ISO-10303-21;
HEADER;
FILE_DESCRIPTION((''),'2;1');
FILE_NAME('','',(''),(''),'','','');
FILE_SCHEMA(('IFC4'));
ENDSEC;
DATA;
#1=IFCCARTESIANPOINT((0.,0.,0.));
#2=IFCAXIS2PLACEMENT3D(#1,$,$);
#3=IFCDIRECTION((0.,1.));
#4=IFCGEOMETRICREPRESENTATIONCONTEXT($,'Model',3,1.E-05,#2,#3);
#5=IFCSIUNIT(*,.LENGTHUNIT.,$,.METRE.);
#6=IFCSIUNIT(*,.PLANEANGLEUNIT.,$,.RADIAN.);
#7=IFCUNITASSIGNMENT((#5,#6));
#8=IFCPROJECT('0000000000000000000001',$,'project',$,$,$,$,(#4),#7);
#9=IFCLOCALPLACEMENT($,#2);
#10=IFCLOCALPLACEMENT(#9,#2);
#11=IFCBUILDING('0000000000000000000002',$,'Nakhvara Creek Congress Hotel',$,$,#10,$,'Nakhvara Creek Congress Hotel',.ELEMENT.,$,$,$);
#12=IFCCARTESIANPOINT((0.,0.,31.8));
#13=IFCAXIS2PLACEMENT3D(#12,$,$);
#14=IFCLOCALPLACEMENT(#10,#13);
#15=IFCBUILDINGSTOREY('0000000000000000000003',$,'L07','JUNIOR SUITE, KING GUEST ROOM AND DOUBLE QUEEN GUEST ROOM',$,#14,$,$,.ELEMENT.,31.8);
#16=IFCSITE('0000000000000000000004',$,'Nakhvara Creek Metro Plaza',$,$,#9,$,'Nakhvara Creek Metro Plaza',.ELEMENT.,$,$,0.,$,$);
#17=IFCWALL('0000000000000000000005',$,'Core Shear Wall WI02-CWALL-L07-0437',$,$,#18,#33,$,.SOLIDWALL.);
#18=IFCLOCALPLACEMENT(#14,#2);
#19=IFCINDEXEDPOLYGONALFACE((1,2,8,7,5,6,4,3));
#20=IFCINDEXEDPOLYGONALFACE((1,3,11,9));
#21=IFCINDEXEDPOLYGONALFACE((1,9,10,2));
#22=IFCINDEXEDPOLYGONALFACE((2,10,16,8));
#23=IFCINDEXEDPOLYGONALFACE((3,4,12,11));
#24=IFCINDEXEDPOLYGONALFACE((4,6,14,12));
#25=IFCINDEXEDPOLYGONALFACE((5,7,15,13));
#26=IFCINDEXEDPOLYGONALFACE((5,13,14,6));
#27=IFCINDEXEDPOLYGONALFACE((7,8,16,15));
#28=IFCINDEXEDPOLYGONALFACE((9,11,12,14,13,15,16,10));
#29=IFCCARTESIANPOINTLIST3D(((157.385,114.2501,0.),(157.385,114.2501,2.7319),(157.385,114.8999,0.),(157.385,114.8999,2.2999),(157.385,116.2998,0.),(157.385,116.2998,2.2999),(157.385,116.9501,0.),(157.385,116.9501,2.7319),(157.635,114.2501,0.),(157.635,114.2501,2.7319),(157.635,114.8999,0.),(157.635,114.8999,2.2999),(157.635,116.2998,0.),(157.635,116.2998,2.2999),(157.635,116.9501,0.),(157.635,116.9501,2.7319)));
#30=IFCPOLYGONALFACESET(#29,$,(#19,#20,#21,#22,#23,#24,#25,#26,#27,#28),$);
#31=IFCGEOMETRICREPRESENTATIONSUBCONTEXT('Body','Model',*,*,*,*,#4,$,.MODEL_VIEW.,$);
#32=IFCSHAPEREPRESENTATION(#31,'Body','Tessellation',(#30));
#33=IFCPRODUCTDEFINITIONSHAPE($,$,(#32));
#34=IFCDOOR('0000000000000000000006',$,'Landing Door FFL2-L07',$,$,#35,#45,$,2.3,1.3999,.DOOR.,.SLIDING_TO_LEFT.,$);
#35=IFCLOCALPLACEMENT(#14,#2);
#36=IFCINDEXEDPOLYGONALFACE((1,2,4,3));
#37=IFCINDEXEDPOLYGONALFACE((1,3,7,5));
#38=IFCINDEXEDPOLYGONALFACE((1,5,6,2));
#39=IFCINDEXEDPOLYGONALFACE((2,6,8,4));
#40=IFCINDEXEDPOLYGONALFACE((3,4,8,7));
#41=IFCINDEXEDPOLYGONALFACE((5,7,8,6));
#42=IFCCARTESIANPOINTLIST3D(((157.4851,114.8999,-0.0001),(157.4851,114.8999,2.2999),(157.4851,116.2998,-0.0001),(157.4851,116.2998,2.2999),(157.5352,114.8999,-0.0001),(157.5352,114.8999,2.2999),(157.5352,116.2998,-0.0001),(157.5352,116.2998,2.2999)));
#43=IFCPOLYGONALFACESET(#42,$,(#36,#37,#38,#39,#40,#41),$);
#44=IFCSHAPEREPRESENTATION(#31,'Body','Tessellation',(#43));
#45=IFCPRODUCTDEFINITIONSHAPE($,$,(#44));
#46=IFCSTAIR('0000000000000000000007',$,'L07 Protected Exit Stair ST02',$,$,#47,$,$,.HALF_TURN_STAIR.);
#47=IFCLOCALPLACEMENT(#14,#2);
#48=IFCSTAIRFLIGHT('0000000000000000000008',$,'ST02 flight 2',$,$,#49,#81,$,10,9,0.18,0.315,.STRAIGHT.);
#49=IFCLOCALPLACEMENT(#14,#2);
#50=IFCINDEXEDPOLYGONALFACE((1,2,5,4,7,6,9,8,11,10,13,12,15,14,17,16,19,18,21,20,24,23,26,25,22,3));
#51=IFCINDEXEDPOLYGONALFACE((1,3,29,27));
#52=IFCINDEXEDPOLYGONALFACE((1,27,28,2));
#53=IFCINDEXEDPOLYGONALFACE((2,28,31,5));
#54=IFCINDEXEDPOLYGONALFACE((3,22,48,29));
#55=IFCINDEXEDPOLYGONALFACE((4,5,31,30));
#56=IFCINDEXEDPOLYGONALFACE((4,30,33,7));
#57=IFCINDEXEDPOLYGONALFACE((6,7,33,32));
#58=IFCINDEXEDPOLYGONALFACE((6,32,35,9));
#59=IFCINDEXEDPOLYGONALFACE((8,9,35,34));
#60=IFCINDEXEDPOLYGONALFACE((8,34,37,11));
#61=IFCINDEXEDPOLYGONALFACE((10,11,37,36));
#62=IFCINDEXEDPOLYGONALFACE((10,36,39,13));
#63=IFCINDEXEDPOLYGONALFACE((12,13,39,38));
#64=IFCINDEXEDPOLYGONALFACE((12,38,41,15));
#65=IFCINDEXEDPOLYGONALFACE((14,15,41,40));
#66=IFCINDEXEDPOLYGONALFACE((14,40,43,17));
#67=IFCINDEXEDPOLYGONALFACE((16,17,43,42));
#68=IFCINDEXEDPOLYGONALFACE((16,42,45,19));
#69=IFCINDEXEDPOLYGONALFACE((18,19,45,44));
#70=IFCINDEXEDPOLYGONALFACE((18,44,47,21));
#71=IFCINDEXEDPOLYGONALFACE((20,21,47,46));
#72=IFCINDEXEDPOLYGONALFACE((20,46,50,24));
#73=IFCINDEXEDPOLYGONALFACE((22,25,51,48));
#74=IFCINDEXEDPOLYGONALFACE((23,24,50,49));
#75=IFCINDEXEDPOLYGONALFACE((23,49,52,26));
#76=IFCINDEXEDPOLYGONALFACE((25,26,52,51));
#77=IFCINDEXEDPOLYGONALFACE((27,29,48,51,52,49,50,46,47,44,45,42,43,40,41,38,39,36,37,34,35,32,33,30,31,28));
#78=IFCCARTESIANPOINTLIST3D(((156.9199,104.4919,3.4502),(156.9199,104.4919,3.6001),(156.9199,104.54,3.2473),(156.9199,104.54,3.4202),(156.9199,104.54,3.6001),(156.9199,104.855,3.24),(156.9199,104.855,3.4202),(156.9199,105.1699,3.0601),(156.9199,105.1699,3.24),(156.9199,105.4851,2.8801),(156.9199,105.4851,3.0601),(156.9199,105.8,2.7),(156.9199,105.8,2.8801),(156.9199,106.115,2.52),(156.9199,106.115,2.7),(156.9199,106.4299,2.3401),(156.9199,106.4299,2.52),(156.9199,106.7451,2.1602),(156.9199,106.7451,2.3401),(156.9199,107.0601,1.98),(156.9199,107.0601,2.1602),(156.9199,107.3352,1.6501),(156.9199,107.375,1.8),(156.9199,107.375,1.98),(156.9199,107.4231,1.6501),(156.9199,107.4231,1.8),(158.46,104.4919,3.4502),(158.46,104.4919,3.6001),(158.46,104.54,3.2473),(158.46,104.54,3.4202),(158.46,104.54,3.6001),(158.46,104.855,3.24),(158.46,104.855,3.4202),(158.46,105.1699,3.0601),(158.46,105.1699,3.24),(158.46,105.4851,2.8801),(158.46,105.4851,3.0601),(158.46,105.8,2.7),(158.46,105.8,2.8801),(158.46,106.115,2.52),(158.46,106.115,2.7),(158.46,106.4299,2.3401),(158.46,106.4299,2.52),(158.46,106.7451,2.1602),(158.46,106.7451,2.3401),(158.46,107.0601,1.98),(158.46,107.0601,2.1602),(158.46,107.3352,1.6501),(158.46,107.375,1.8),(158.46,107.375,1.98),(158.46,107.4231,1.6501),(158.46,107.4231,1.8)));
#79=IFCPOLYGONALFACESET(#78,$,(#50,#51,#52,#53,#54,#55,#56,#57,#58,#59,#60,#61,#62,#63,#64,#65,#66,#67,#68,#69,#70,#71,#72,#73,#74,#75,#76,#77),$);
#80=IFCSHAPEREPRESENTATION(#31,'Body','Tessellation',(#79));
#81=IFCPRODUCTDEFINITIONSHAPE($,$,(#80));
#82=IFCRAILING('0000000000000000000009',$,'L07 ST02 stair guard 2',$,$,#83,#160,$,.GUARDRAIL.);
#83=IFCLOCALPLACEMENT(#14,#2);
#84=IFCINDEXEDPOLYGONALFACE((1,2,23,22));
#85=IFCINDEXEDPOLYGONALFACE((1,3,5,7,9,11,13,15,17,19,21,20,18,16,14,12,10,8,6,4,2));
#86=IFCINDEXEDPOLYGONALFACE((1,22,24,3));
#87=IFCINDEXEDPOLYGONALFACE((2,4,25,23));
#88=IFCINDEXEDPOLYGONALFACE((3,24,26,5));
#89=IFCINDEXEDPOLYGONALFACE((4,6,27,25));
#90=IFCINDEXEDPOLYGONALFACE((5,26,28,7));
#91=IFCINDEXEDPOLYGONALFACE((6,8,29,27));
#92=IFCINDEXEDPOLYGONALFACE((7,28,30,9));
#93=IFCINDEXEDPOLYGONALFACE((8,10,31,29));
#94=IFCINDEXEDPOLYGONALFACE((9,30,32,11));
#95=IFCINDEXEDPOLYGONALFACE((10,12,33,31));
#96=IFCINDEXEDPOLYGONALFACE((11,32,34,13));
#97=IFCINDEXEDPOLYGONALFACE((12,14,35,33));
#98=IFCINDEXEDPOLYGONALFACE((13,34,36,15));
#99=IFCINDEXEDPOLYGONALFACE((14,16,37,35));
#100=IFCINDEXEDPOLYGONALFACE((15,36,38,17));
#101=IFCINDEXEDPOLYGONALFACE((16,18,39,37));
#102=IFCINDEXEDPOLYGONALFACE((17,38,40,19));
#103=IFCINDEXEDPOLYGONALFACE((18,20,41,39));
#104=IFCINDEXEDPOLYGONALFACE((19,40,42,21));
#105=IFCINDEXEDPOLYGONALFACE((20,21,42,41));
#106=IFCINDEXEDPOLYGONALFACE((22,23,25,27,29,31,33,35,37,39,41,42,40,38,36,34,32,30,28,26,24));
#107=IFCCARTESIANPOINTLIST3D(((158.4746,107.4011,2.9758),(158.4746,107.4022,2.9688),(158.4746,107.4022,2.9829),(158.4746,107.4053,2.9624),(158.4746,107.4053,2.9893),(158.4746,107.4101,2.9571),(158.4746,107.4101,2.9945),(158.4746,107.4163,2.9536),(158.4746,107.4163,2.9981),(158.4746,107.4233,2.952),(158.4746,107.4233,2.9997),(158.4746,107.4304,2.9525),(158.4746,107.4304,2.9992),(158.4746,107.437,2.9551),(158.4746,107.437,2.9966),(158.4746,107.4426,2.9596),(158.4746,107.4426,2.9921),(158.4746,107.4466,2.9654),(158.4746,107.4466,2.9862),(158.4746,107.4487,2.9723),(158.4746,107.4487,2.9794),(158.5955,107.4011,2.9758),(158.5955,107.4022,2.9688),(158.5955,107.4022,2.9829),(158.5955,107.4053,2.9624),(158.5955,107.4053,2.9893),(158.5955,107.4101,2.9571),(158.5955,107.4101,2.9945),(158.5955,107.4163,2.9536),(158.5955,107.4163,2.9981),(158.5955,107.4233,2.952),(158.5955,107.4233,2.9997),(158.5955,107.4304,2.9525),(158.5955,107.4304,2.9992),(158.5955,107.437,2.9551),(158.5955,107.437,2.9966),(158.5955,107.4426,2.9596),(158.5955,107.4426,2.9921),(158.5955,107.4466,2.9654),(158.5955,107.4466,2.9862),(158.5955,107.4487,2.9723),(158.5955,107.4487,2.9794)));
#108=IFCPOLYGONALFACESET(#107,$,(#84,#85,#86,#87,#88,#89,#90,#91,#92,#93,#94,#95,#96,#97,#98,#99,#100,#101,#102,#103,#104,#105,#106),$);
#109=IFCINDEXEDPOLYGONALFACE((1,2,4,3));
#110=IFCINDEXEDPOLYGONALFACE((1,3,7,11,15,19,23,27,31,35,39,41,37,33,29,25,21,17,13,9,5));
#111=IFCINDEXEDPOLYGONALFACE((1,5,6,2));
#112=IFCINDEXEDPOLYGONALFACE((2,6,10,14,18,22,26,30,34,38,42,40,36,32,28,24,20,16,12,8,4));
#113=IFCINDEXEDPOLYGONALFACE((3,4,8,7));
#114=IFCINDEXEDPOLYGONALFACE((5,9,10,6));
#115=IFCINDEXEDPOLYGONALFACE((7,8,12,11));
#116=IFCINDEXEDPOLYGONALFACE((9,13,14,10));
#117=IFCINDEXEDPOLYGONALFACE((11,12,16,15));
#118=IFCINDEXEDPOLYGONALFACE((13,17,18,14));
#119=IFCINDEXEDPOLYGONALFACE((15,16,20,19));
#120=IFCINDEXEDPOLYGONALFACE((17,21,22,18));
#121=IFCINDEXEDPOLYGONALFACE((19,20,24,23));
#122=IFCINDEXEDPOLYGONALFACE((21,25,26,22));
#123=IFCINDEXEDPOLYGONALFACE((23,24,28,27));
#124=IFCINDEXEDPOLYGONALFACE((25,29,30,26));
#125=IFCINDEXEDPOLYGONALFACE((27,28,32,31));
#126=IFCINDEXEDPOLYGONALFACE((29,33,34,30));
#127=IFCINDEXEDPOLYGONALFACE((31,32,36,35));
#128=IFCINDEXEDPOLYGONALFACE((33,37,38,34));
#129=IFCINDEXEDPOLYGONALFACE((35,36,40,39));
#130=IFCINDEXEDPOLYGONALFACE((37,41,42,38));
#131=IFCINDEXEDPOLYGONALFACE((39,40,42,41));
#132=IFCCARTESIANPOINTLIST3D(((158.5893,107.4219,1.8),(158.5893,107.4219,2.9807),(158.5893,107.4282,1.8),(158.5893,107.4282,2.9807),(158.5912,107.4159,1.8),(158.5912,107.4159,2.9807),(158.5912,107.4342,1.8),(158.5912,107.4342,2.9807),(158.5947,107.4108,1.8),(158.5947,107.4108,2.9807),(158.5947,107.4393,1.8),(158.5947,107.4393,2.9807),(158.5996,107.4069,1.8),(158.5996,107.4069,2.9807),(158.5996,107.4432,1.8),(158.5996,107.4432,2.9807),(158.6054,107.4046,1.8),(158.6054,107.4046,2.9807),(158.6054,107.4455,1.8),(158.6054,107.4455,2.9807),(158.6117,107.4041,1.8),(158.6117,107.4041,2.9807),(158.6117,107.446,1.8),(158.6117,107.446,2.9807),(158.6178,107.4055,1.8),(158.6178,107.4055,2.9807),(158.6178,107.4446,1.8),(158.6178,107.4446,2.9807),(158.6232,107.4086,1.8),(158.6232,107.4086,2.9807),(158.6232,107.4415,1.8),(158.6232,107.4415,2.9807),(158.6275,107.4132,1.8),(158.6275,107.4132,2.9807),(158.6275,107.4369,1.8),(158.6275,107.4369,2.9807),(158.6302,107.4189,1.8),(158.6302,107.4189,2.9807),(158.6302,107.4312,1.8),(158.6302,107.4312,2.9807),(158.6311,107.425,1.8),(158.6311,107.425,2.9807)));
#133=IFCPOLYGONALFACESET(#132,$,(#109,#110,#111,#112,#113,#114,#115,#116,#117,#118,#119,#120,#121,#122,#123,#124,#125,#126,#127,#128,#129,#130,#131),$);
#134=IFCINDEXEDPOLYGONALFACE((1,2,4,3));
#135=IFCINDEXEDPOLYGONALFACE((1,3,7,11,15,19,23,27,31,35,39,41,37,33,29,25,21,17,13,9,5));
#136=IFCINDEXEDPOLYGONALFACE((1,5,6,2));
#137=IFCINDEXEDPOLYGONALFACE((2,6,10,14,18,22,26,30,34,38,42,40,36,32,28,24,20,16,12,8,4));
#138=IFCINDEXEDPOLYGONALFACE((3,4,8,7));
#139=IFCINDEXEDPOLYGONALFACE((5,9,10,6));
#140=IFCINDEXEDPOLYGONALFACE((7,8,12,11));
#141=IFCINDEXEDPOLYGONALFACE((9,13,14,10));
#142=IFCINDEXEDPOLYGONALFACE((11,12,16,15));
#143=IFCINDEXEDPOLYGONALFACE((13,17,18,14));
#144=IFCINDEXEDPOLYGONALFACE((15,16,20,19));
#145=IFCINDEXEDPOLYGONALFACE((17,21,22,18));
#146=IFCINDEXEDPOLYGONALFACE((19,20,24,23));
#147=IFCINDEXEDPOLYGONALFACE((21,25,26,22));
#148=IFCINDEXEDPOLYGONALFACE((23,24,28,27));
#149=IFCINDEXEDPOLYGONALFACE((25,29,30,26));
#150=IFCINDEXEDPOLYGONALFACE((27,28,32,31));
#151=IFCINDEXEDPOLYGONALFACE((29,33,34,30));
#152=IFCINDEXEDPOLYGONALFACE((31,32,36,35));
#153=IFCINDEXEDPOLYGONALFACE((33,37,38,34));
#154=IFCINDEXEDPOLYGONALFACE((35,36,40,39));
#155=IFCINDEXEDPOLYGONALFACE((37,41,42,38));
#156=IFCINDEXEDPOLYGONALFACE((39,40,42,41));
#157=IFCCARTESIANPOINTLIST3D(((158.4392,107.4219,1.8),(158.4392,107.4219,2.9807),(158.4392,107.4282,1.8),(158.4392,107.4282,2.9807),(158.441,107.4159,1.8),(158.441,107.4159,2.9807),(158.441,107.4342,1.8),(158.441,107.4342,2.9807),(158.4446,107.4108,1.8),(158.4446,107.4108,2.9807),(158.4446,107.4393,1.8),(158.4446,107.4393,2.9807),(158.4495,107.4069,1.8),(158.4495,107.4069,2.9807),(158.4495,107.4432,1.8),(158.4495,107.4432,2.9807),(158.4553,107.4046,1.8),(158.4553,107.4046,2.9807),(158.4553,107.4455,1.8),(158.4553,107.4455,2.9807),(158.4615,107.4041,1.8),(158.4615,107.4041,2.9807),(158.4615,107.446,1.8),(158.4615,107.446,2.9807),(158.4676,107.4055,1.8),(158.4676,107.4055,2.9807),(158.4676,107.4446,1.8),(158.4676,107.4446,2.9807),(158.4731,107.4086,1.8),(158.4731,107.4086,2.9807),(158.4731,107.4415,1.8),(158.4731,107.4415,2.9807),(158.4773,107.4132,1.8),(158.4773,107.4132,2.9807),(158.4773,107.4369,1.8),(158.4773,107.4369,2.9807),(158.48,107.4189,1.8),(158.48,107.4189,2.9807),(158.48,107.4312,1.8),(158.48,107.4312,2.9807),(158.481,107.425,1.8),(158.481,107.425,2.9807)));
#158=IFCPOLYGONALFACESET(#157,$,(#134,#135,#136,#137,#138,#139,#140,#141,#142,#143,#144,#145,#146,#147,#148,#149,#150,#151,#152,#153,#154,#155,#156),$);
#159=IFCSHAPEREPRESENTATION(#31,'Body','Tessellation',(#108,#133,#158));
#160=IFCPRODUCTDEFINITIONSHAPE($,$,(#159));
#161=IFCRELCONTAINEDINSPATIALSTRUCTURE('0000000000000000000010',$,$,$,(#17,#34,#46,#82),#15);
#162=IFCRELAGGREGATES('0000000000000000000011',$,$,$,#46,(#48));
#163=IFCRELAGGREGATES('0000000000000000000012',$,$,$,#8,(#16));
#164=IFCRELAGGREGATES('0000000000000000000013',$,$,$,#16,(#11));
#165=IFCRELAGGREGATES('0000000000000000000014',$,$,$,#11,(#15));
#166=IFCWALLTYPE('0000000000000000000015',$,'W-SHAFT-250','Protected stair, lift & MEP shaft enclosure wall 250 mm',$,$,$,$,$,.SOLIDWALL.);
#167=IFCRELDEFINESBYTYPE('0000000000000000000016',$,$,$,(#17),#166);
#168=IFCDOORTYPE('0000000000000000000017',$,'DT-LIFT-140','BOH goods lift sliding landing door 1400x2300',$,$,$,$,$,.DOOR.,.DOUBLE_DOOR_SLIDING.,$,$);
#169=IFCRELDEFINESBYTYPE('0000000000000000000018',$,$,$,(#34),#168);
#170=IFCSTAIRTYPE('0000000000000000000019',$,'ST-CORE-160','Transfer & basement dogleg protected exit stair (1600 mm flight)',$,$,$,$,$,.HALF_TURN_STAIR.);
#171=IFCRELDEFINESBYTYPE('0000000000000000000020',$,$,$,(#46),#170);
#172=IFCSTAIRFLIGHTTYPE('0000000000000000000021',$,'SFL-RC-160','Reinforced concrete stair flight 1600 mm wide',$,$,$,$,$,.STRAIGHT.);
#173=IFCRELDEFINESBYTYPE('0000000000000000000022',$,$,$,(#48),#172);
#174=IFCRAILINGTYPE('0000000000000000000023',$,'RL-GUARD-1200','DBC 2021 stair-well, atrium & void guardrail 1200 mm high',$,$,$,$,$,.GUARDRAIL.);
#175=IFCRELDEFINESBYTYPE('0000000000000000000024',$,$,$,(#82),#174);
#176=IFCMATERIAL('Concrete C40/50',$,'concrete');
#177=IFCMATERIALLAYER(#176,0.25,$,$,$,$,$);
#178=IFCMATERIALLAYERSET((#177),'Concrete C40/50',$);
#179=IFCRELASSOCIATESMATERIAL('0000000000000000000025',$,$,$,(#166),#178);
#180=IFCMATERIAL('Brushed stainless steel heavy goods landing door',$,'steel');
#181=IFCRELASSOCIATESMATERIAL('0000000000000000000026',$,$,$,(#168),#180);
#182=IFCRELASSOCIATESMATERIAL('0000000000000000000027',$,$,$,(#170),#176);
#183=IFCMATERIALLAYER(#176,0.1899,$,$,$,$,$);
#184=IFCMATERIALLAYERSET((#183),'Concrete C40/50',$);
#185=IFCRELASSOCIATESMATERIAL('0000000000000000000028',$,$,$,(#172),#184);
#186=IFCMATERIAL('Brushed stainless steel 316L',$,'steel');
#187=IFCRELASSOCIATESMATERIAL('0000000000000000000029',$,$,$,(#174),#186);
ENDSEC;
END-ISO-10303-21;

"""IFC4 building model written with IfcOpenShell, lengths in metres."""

from ifc_helpers import new_model, si_unit, direction, frame, frame_2d, origin, origin_2d, place, context, subcontext, project, spatial, polyline, rectangle, circle, outline, extrude, material, layer, layer_set, type_object, element, fill, aggregate, save


model = new_model("IFC4")

# Units and contexts
model_context = context("Model", 3, precision=1e-05, world=origin(), true_north=direction((0.0, 1.0)))
body_context = subcontext(model_context, "Body", "Model", "MODEL_VIEW")
ifc_project = project(units=[si_unit("LENGTHUNIT", "METRE"), si_unit("PLANEANGLEUNIT", "RADIAN")], contexts=[model_context])

# Site, building, storey
site_placement = place(None, origin())
site = spatial("IfcSite", under=ifc_project, at=site_placement, Name="Nakhvara Creek Metro Plaza", LongName="Nakhvara Creek Metro Plaza", CompositionType="ELEMENT", RefElevation=0.0)
building_placement = place(site_placement, origin())
building = spatial("IfcBuilding", under=site, at=building_placement, Name="Nakhvara Creek Congress Hotel", LongName="Nakhvara Creek Congress Hotel", CompositionType="ELEMENT")
storey_placement = place(building_placement, frame((0.0, 0.0, 31.8)))
storey = spatial("IfcBuildingStorey", under=building, at=storey_placement, Name="L07", Description="JUNIOR SUITE, KING GUEST ROOM AND DOUBLE QUEEN GUEST ROOM", CompositionType="ELEMENT", Elevation=31.8)

# Shared definitions
ifc_material_1 = material(Name="Concrete C40/50", Category="concrete")

# Shared definitions
ifc_layer_1 = layer(ifc_material_1, 0.25)
ifc_layer_set_1 = layer_set([ifc_layer_1], Name="Concrete C40/50")
wall_type_1 = type_object("IfcWallType", Name="W-SHAFT-250", Description="Protected stair, lift & MEP shaft enclosure wall 250 mm", PredefinedType="SOLIDWALL", material=ifc_layer_set_1)

# Wall, opening, door
wall_1_placement = place(storey_placement, frame((157.51, 114.25, 0.0), z_axis=(0.0, 0.0, 1.0), x_axis=(0.0, 1.0, 0.0)))
wall_1 = element("IfcWall", 1, at=wall_1_placement, inside=storey, type_object=wall_type_1, Name="Core Shear Wall WI02-CWALL-L07-0437", PredefinedType="SOLIDWALL", context=body_context, shape_type="SweptSolid", body=[
    extrude(rectangle(XDim=2.7, YDim=0.25, at=frame_2d((1.3501, 0.0))), origin(), (0.0, 0.0, 1.0), 2.7319),
])
opening_1_placement = place(wall_1_placement, frame((0.6499, 0.0, 0.0)))
opening_1 = element("IfcOpeningElement", 2, at=opening_1_placement, cuts=wall_1, PredefinedType="OPENING", context=body_context, shape_type="SweptSolid", body=[
    extrude(rectangle(XDim=1.3999, YDim=2.3, at=frame_2d((0.7, 1.1499))), frame((0.0, 0.137, 0.0), z_axis=(0.0, -1.0, 0.0), x_axis=(1.0, 0.0, 0.0)), (0.0, 0.0, 1.0), 0.2739),
])
ifc_material_2 = material(Name="Brushed stainless steel heavy goods landing door", Category="steel")
door_type_1 = type_object("IfcDoorType", Name="DT-LIFT-140", Description="BOH goods lift sliding landing door 1400x2300", OperationType="DOUBLE_DOOR_SLIDING", PredefinedType="DOOR", material=ifc_material_2)
door_1_placement = place(opening_1_placement, origin())
door_1 = element("IfcDoor", 3, at=door_1_placement, inside=storey, type_object=door_type_1, Name="Landing Door FFL2-L07", OperationType="SLIDING_TO_LEFT", OverallHeight=2.3, OverallWidth=1.3999, PredefinedType="DOOR", context=body_context, shape_type="SweptSolid", body=[
    extrude(rectangle(XDim=1.3999, YDim=2.3, at=frame_2d((0.7, 1.1499))), frame((0.0, 0.0249, 0.0), z_axis=(0.0, -1.0, 0.0), x_axis=(1.0, 0.0, 0.0)), (0.0, 0.0, 1.0), 0.05),
])
fill(opening_1, door_1)

# Stair, stair flight
stair_type = type_object("IfcStairType", Name="ST-CORE-160", Description="Transfer & basement dogleg protected exit stair (1600 mm flight)", PredefinedType="HALF_TURN_STAIR", material=ifc_material_1)
stair_placement = place(storey_placement, origin())
stair = element("IfcStair", 4, at=stair_placement, inside=storey, type_object=stair_type, Name="L07 Protected Exit Stair ST02", PredefinedType="HALF_TURN_STAIR")
ifc_layer_2 = layer(ifc_material_1, 0.1899)
ifc_layer_set_2 = layer_set([ifc_layer_2], Name="Concrete C40/50")
stair_flight_type = type_object("IfcStairFlightType", Name="SFL-RC-160", Description="Reinforced concrete stair flight 1600 mm wide", PredefinedType="STRAIGHT", material=ifc_layer_set_2)
stair_flight_placement = place(storey_placement, frame((157.6899, 107.375, 1.8), z_axis=(0.0, 0.0, 1.0), x_axis=(0.0, -1.0, 0.0)))
stair_flight = element("IfcStairFlight", 5, at=stair_flight_placement, type_object=stair_flight_type, Name="ST02 flight 2", NumberOfRisers=10, NumberOfTreads=9, PredefinedType="STRAIGHT", RiserHeight=0.18, TreadLength=0.315, context=body_context, shape_type="SweptSolid", body=[
    extrude(outline(polyline([(-0.0481, 0.0), (0.0, 0.0), (0.0, 0.1799), (0.3149, 0.1799), (0.3149, 0.3601), (0.6299, 0.3601), (0.6299, 0.54), (0.9451, 0.54), (0.9451, 0.72), (1.26, 0.72), (1.26, 0.8999), (1.575, 0.8999), (1.575, 1.0801), (1.8899, 1.0801), (1.8899, 1.26), (2.2051, 1.26), (2.2051, 1.4399), (2.52, 1.4399), (2.52, 1.6201), (2.835, 1.6201), (2.835, 1.8), (2.8831, 1.8), (2.8831, 1.6501), (2.835, 1.4473), (0.0398, -0.1499), (-0.0481, -0.1499), (-0.0481, 0.0)])), frame((0.0, 0.77, 0.0), z_axis=(0.0, -1.0, 0.0), x_axis=(1.0, 0.0, 0.0)), (0.0, 0.0, 1.0), 1.54),
])
aggregate(stair, [stair_flight])

# Railing
ifc_material_3 = material(Name="Brushed stainless steel 316L", Category="steel")
railing_type_1 = type_object("IfcRailingType", Name="RL-GUARD-1200", Description="DBC 2021 stair-well, atrium & void guardrail 1200 mm high", PredefinedType="GUARDRAIL", material=ifc_material_3)
railing_1_placement = place(storey_placement, frame((158.6101, 107.425, 1.8)))
element("IfcRailing", 6, at=railing_1_placement, inside=storey, type_object=railing_type_1, Name="L07 ST02 stair guard 2", PredefinedType="GUARDRAIL", context=body_context, shape_type="SweptSolid", body=[
    extrude(circle(Radius=0.0239, at=origin_2d()), frame((-0.0146, 0.0, 1.1758), z_axis=(-1.0, 0.0, 0.0), x_axis=(0.0, -1.0, 0.0)), (0.0, 0.0, 1.0), 0.1208),
    extrude(circle(Radius=0.021, at=origin_2d()), origin(), (0.0, 0.0, 1.0), 1.1807),
    extrude(circle(Radius=0.021, at=origin_2d()), frame((-0.1501, 0.0, 0.0)), (0.0, 0.0, 1.0), 1.1807),
])

save(model, "model.ifc")
